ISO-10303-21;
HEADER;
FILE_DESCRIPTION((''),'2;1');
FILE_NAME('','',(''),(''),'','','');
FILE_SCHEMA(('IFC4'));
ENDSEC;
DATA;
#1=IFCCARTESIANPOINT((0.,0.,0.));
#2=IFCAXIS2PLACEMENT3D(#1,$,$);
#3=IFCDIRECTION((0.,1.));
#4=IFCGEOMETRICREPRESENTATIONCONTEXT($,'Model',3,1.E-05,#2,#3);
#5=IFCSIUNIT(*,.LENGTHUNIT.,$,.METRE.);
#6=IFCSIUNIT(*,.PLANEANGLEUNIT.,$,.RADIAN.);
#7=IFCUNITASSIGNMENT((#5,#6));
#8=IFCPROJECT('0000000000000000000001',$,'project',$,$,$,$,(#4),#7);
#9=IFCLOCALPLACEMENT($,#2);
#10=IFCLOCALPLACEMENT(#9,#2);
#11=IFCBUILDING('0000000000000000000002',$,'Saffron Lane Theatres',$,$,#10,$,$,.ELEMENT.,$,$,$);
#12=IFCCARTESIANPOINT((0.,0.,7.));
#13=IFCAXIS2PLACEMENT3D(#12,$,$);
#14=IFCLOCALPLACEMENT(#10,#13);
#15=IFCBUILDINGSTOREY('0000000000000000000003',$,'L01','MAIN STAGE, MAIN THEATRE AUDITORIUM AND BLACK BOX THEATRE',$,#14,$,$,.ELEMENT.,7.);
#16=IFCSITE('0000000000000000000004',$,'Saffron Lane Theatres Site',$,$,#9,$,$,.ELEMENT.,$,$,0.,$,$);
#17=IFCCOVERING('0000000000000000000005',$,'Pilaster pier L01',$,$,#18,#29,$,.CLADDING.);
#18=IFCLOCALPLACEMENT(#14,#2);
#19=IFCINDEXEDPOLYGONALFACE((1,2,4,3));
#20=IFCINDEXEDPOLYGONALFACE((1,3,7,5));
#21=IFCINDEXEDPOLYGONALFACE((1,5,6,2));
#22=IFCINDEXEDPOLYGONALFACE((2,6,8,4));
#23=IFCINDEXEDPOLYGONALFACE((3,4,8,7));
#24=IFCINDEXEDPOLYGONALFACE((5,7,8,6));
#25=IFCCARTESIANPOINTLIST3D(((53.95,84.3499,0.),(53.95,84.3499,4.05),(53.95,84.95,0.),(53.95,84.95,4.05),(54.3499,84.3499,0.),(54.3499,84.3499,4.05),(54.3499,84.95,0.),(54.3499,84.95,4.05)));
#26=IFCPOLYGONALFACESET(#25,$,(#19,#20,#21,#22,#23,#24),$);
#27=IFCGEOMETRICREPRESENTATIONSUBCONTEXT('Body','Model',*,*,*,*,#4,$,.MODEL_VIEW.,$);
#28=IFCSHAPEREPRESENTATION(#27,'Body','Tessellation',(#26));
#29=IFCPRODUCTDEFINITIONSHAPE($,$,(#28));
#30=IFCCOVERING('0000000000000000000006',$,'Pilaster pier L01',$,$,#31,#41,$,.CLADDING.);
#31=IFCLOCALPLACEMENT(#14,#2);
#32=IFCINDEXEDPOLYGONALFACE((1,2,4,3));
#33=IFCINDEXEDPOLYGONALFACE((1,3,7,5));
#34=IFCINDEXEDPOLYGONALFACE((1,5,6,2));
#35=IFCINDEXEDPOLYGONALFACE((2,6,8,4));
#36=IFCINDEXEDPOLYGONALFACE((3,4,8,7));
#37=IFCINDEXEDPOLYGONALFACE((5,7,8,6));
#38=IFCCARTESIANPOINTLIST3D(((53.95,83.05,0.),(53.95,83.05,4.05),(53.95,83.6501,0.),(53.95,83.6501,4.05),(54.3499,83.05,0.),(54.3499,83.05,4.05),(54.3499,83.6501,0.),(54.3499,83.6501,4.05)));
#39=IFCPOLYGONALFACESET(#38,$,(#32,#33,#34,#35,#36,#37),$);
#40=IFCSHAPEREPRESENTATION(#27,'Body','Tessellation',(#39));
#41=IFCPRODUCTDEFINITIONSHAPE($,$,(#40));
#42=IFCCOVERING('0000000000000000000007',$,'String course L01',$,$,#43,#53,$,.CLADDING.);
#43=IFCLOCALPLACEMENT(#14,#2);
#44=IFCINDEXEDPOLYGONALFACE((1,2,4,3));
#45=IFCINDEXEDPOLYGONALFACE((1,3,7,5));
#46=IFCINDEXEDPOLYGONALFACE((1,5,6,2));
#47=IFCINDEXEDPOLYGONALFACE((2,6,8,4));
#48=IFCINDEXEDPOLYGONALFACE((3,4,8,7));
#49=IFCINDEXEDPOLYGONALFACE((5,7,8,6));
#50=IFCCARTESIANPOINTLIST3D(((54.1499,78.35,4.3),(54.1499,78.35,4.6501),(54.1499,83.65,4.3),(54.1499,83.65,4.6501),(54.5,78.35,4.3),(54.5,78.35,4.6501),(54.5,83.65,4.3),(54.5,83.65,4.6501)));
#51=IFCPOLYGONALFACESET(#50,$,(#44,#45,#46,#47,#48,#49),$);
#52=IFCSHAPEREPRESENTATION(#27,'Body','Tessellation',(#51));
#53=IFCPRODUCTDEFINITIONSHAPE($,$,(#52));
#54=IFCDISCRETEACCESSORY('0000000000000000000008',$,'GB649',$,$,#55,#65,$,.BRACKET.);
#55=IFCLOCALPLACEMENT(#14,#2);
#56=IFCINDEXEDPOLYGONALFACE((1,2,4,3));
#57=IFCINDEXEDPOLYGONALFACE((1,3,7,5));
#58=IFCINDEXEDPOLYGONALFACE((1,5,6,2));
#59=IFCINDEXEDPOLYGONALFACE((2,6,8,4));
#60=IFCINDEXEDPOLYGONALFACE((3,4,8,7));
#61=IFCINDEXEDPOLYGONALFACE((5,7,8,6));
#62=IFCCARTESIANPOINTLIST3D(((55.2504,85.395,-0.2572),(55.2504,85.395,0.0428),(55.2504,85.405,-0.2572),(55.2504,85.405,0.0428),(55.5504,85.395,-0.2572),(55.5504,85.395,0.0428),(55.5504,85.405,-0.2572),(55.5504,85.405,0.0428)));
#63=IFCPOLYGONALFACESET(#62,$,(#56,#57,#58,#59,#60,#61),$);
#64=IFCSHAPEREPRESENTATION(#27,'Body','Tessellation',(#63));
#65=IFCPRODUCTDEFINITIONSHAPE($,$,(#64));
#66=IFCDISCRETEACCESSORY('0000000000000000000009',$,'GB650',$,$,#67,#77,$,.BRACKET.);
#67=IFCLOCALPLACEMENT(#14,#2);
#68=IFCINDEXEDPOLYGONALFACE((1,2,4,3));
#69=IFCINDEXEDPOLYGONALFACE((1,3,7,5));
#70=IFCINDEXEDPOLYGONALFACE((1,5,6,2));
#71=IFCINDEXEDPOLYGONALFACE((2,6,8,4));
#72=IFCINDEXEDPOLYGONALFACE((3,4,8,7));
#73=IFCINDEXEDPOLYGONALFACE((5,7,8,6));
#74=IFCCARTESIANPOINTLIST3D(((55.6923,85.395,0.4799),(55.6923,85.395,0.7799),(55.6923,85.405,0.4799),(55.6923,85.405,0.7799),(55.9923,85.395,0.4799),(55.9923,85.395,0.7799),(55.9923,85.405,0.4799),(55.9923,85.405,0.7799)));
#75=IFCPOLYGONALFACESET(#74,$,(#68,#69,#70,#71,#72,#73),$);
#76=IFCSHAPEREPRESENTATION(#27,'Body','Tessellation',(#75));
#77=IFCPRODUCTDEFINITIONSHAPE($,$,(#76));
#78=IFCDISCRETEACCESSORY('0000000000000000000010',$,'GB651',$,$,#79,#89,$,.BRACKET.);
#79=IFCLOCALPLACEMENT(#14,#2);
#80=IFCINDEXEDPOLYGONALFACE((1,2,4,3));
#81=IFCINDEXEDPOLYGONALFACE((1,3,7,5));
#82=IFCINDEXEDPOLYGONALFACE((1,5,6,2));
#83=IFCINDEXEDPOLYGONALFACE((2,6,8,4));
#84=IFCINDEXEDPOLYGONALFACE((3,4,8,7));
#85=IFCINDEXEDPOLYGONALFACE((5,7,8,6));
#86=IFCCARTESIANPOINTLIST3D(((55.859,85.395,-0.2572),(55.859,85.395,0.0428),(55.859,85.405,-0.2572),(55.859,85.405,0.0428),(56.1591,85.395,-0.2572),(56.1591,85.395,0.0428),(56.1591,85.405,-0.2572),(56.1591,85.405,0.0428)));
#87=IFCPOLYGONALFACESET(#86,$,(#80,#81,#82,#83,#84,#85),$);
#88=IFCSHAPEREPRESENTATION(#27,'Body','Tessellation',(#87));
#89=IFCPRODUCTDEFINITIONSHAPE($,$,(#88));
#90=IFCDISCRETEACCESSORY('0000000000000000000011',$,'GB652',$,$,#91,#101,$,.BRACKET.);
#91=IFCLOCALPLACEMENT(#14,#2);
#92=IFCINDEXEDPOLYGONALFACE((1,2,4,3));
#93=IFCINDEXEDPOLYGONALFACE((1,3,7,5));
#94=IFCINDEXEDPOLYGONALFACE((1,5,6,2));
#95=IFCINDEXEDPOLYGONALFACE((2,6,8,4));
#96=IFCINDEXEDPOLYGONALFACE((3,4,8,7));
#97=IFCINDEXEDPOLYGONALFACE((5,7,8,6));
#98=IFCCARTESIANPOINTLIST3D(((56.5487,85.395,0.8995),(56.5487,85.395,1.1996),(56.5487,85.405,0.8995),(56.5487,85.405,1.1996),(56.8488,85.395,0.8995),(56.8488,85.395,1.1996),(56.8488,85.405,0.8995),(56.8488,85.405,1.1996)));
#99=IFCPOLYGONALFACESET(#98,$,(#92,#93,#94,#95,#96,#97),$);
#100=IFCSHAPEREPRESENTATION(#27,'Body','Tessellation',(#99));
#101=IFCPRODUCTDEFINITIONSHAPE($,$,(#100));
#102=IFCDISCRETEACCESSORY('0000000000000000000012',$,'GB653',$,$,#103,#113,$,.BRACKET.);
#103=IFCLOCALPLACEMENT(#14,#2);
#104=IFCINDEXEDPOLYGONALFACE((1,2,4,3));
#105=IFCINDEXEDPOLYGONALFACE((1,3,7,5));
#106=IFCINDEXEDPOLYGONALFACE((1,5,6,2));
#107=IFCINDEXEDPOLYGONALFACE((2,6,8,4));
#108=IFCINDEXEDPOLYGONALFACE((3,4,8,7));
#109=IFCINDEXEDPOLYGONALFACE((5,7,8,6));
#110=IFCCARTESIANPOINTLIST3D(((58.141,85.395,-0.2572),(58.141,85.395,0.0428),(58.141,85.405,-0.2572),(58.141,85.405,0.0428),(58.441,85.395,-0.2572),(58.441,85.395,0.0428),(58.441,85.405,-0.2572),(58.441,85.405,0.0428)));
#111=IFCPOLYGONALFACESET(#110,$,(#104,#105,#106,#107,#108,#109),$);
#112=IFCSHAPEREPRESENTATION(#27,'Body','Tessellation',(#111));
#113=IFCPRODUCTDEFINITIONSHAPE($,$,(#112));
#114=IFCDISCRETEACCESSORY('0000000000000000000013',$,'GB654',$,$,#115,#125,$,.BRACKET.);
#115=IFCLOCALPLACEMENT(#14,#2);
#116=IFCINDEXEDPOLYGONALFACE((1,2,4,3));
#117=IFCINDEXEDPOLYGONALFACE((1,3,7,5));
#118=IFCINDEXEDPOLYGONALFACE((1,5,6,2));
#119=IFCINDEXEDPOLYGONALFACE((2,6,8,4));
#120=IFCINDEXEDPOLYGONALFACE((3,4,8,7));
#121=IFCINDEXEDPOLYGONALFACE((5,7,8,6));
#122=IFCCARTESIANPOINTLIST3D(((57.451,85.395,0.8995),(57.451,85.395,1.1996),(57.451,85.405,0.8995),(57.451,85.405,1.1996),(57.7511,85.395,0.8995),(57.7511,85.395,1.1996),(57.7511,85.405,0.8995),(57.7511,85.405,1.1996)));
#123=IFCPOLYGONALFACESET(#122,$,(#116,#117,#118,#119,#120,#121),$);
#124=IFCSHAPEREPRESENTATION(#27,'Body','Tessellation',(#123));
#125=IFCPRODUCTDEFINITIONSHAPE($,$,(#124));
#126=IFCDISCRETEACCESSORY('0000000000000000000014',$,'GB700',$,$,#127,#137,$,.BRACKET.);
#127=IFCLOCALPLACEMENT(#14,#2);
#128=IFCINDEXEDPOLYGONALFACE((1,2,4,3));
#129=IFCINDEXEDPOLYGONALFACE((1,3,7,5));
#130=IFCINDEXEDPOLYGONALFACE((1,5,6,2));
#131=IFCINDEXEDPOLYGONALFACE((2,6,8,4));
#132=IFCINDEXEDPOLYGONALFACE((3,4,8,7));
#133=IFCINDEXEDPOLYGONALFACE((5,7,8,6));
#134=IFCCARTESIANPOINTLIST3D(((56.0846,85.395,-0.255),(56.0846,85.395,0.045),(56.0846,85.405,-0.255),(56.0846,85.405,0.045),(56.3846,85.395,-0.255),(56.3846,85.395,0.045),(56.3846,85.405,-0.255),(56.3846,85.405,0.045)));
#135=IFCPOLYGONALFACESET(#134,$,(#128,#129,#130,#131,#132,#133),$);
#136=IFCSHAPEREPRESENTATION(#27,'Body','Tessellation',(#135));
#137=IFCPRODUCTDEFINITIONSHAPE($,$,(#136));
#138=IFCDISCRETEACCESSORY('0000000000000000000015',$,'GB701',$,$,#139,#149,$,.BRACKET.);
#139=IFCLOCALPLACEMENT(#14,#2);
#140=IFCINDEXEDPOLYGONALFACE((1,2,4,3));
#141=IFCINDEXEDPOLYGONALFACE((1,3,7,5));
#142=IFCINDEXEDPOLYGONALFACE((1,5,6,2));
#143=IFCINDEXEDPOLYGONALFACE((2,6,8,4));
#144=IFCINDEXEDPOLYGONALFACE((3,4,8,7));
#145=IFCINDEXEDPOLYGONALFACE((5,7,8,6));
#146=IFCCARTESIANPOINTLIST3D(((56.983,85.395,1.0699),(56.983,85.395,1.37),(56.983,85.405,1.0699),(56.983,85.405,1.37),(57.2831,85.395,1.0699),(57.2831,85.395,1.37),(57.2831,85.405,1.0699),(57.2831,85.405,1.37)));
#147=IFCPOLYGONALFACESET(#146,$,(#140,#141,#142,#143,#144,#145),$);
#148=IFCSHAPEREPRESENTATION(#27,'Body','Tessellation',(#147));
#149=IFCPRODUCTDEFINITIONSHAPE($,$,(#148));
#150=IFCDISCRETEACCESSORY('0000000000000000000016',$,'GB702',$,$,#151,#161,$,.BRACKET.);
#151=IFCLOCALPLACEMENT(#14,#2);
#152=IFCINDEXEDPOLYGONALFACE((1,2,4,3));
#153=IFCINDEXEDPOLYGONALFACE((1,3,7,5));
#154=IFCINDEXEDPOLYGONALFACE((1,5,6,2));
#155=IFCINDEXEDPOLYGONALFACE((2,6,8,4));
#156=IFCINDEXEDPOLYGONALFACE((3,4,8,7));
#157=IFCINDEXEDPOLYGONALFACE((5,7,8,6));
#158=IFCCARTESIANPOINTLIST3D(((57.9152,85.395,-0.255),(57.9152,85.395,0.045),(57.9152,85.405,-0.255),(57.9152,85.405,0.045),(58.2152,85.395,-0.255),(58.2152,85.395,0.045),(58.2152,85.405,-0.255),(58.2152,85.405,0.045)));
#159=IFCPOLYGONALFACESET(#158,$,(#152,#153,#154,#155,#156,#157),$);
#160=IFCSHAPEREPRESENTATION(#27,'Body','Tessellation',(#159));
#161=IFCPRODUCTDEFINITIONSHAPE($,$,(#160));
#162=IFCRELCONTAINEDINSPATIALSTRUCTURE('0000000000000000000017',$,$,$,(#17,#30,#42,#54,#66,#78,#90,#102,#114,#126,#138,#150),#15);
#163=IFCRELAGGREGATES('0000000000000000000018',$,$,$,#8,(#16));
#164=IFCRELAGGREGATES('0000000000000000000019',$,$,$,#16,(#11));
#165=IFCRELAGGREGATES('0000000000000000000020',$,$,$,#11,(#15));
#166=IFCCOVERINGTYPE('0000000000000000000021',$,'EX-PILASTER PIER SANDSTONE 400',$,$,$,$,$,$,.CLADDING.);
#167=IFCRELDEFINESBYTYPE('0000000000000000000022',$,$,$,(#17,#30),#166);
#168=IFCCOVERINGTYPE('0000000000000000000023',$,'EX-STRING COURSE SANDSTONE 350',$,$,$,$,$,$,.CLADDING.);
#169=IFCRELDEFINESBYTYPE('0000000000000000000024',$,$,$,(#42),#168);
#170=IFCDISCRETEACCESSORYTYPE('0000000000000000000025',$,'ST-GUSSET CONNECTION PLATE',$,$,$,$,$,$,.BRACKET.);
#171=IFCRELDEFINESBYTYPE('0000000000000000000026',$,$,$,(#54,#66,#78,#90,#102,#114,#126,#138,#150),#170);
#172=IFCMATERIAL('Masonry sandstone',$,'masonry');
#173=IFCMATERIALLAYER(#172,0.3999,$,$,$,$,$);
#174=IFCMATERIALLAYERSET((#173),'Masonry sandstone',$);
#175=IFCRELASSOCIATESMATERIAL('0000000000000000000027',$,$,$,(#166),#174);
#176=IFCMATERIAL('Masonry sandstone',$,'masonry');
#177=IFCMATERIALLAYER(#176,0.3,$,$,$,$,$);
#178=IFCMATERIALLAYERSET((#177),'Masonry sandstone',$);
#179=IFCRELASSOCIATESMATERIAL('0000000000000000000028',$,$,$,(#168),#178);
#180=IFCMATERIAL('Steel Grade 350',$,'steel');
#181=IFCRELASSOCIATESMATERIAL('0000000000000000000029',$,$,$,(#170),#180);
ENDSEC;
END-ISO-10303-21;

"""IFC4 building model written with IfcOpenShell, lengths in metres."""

from ifc_helpers import new_model, si_unit, direction, frame, origin, origin_2d, place, context, subcontext, project, spatial, rectangle, extrude, material, layer, layer_set, material_profile, profile_set, type_object, element, save


model = new_model("IFC4")

# Units and contexts
model_context = context("Model", 3, precision=1e-05, world=origin(), true_north=direction((0.0, 1.0)))
body_context = subcontext(model_context, "Body", "Model", "MODEL_VIEW")
ifc_project = project(units=[si_unit("LENGTHUNIT", "METRE"), si_unit("PLANEANGLEUNIT", "RADIAN")], contexts=[model_context])

# Site, building, storey
site_placement = place(None, origin())
site = spatial("IfcSite", under=ifc_project, at=site_placement, Name="Saffron Lane Theatres Site", CompositionType="ELEMENT", RefElevation=0.0)
building_placement = place(site_placement, origin())
building = spatial("IfcBuilding", under=site, at=building_placement, Name="Saffron Lane Theatres", CompositionType="ELEMENT")
storey_placement = place(building_placement, frame((0.0, 0.0, 7.0)))
storey = spatial("IfcBuildingStorey", under=building, at=storey_placement, Name="L01", Description="MAIN STAGE, MAIN THEATRE AUDITORIUM AND BLACK BOX THEATRE", CompositionType="ELEMENT", Elevation=7.0)

# Coverings
ifc_material_1 = material(Name="Masonry sandstone", Category="masonry")
ifc_layer_1 = layer(ifc_material_1, 0.3999)
ifc_layer_set_1 = layer_set([ifc_layer_1], Name="Masonry sandstone")
covering_type_1 = type_object("IfcCoveringType", Name="EX-PILASTER PIER SANDSTONE 400", PredefinedType="CLADDING", material=ifc_layer_set_1)
for number, where, z_axis, x_axis, name in (
    (1, (54.1499, 84.6499, 0.0), (0.0, 0.0, 1.0), (0.0, -1.0, 0.0), "Pilaster pier L01"),
    (2, (54.1499, 83.3501, 0.0), (0.0, 0.0, 1.0), (0.0, -1.0, 0.0), "Pilaster pier L01"),
):
    element("IfcCovering", number, at=place(storey_placement, frame(where, z_axis=z_axis, x_axis=x_axis)), inside=storey, type_object=covering_type_1, Name=name, PredefinedType="CLADDING", context=body_context, shape_type="SweptSolid", body=[
        extrude(rectangle(XDim=0.6001, YDim=0.3999, at=origin_2d()), origin(), (0.0, 0.0, 1.0), 4.05),
    ])
ifc_material_2 = material(Name="Masonry sandstone", Category="masonry")
ifc_layer_2 = layer(ifc_material_2, 0.3)
ifc_layer_set_2 = layer_set([ifc_layer_2], Name="Masonry sandstone")
covering_type_2 = type_object("IfcCoveringType", Name="EX-STRING COURSE SANDSTONE 350", PredefinedType="CLADDING", material=ifc_layer_set_2)
covering_1_placement = place(storey_placement, frame((54.325, 81.0, 4.3), z_axis=(0.0, 0.0, 1.0), x_axis=(0.0, -1.0, 0.0)))
element("IfcCovering", 3, at=covering_1_placement, inside=storey, type_object=covering_type_2, Name="String course L01", PredefinedType="CLADDING", context=body_context, shape_type="SweptSolid", body=[
    extrude(rectangle(XDim=5.3, YDim=0.3501, at=origin_2d()), origin(), (0.0, 0.0, 1.0), 0.3501),
])

# Discrete accessories
ifc_material_3 = material(Name="Steel Grade 350", Category="steel")
ifc_material_profile_1 = material_profile(ifc_material_3, rectangle(XDim=0.3, YDim=0.3, at=origin_2d()))
ifc_profile_set_1 = profile_set([ifc_material_profile_1], Name="Steel Grade 350")
discrete_accessory_type = type_object("IfcDiscreteAccessoryType", Name="ST-GUSSET CONNECTION PLATE", PredefinedType="BRACKET", material=ifc_profile_set_1)
for number, where, z_axis, x_axis, name in (
    (4, (55.4004, 85.395, -0.1072), (0.0, 1.0, 0.0), (-1.0, 0.0, 0.0), "GB649"),
    (5, (55.8423, 85.395, 0.6299), (0.0, 1.0, 0.0), (-1.0, 0.0, 0.0), "GB650"),
    (6, (56.009, 85.395, -0.1072), (0.0, 1.0, 0.0), (-1.0, 0.0, 0.0), "GB651"),
    (7, (56.6987, 85.395, 1.0496), (0.0, 1.0, 0.0), (-1.0, 0.0, 0.0), "GB652"),
    (8, (58.291, 85.395, -0.1072), (0.0, 1.0, 0.0), (-1.0, 0.0, 0.0), "GB653"),
    (9, (57.6011, 85.395, 1.0496), (0.0, 1.0, 0.0), (-1.0, 0.0, 0.0), "GB654"),
    (10, (56.2346, 85.395, -0.105), (0.0, 1.0, 0.0), (-1.0, 0.0, 0.0), "GB700"),
    (11, (57.1331, 85.395, 1.22), (0.0, 1.0, 0.0), (-1.0, 0.0, 0.0), "GB701"),
    (12, (58.0652, 85.395, -0.105), (0.0, 1.0, 0.0), (-1.0, 0.0, 0.0), "GB702"),
):
    element("IfcDiscreteAccessory", number, at=place(storey_placement, frame(where, z_axis=z_axis, x_axis=x_axis)), inside=storey, type_object=discrete_accessory_type, Name=name, PredefinedType="BRACKET", context=body_context, shape_type="SweptSolid", body=[
        extrude(rectangle(XDim=0.3, YDim=0.3, at=origin_2d()), origin(), (0.0, 0.0, 1.0), 0.01),
    ])

save(model, "model.ifc")
